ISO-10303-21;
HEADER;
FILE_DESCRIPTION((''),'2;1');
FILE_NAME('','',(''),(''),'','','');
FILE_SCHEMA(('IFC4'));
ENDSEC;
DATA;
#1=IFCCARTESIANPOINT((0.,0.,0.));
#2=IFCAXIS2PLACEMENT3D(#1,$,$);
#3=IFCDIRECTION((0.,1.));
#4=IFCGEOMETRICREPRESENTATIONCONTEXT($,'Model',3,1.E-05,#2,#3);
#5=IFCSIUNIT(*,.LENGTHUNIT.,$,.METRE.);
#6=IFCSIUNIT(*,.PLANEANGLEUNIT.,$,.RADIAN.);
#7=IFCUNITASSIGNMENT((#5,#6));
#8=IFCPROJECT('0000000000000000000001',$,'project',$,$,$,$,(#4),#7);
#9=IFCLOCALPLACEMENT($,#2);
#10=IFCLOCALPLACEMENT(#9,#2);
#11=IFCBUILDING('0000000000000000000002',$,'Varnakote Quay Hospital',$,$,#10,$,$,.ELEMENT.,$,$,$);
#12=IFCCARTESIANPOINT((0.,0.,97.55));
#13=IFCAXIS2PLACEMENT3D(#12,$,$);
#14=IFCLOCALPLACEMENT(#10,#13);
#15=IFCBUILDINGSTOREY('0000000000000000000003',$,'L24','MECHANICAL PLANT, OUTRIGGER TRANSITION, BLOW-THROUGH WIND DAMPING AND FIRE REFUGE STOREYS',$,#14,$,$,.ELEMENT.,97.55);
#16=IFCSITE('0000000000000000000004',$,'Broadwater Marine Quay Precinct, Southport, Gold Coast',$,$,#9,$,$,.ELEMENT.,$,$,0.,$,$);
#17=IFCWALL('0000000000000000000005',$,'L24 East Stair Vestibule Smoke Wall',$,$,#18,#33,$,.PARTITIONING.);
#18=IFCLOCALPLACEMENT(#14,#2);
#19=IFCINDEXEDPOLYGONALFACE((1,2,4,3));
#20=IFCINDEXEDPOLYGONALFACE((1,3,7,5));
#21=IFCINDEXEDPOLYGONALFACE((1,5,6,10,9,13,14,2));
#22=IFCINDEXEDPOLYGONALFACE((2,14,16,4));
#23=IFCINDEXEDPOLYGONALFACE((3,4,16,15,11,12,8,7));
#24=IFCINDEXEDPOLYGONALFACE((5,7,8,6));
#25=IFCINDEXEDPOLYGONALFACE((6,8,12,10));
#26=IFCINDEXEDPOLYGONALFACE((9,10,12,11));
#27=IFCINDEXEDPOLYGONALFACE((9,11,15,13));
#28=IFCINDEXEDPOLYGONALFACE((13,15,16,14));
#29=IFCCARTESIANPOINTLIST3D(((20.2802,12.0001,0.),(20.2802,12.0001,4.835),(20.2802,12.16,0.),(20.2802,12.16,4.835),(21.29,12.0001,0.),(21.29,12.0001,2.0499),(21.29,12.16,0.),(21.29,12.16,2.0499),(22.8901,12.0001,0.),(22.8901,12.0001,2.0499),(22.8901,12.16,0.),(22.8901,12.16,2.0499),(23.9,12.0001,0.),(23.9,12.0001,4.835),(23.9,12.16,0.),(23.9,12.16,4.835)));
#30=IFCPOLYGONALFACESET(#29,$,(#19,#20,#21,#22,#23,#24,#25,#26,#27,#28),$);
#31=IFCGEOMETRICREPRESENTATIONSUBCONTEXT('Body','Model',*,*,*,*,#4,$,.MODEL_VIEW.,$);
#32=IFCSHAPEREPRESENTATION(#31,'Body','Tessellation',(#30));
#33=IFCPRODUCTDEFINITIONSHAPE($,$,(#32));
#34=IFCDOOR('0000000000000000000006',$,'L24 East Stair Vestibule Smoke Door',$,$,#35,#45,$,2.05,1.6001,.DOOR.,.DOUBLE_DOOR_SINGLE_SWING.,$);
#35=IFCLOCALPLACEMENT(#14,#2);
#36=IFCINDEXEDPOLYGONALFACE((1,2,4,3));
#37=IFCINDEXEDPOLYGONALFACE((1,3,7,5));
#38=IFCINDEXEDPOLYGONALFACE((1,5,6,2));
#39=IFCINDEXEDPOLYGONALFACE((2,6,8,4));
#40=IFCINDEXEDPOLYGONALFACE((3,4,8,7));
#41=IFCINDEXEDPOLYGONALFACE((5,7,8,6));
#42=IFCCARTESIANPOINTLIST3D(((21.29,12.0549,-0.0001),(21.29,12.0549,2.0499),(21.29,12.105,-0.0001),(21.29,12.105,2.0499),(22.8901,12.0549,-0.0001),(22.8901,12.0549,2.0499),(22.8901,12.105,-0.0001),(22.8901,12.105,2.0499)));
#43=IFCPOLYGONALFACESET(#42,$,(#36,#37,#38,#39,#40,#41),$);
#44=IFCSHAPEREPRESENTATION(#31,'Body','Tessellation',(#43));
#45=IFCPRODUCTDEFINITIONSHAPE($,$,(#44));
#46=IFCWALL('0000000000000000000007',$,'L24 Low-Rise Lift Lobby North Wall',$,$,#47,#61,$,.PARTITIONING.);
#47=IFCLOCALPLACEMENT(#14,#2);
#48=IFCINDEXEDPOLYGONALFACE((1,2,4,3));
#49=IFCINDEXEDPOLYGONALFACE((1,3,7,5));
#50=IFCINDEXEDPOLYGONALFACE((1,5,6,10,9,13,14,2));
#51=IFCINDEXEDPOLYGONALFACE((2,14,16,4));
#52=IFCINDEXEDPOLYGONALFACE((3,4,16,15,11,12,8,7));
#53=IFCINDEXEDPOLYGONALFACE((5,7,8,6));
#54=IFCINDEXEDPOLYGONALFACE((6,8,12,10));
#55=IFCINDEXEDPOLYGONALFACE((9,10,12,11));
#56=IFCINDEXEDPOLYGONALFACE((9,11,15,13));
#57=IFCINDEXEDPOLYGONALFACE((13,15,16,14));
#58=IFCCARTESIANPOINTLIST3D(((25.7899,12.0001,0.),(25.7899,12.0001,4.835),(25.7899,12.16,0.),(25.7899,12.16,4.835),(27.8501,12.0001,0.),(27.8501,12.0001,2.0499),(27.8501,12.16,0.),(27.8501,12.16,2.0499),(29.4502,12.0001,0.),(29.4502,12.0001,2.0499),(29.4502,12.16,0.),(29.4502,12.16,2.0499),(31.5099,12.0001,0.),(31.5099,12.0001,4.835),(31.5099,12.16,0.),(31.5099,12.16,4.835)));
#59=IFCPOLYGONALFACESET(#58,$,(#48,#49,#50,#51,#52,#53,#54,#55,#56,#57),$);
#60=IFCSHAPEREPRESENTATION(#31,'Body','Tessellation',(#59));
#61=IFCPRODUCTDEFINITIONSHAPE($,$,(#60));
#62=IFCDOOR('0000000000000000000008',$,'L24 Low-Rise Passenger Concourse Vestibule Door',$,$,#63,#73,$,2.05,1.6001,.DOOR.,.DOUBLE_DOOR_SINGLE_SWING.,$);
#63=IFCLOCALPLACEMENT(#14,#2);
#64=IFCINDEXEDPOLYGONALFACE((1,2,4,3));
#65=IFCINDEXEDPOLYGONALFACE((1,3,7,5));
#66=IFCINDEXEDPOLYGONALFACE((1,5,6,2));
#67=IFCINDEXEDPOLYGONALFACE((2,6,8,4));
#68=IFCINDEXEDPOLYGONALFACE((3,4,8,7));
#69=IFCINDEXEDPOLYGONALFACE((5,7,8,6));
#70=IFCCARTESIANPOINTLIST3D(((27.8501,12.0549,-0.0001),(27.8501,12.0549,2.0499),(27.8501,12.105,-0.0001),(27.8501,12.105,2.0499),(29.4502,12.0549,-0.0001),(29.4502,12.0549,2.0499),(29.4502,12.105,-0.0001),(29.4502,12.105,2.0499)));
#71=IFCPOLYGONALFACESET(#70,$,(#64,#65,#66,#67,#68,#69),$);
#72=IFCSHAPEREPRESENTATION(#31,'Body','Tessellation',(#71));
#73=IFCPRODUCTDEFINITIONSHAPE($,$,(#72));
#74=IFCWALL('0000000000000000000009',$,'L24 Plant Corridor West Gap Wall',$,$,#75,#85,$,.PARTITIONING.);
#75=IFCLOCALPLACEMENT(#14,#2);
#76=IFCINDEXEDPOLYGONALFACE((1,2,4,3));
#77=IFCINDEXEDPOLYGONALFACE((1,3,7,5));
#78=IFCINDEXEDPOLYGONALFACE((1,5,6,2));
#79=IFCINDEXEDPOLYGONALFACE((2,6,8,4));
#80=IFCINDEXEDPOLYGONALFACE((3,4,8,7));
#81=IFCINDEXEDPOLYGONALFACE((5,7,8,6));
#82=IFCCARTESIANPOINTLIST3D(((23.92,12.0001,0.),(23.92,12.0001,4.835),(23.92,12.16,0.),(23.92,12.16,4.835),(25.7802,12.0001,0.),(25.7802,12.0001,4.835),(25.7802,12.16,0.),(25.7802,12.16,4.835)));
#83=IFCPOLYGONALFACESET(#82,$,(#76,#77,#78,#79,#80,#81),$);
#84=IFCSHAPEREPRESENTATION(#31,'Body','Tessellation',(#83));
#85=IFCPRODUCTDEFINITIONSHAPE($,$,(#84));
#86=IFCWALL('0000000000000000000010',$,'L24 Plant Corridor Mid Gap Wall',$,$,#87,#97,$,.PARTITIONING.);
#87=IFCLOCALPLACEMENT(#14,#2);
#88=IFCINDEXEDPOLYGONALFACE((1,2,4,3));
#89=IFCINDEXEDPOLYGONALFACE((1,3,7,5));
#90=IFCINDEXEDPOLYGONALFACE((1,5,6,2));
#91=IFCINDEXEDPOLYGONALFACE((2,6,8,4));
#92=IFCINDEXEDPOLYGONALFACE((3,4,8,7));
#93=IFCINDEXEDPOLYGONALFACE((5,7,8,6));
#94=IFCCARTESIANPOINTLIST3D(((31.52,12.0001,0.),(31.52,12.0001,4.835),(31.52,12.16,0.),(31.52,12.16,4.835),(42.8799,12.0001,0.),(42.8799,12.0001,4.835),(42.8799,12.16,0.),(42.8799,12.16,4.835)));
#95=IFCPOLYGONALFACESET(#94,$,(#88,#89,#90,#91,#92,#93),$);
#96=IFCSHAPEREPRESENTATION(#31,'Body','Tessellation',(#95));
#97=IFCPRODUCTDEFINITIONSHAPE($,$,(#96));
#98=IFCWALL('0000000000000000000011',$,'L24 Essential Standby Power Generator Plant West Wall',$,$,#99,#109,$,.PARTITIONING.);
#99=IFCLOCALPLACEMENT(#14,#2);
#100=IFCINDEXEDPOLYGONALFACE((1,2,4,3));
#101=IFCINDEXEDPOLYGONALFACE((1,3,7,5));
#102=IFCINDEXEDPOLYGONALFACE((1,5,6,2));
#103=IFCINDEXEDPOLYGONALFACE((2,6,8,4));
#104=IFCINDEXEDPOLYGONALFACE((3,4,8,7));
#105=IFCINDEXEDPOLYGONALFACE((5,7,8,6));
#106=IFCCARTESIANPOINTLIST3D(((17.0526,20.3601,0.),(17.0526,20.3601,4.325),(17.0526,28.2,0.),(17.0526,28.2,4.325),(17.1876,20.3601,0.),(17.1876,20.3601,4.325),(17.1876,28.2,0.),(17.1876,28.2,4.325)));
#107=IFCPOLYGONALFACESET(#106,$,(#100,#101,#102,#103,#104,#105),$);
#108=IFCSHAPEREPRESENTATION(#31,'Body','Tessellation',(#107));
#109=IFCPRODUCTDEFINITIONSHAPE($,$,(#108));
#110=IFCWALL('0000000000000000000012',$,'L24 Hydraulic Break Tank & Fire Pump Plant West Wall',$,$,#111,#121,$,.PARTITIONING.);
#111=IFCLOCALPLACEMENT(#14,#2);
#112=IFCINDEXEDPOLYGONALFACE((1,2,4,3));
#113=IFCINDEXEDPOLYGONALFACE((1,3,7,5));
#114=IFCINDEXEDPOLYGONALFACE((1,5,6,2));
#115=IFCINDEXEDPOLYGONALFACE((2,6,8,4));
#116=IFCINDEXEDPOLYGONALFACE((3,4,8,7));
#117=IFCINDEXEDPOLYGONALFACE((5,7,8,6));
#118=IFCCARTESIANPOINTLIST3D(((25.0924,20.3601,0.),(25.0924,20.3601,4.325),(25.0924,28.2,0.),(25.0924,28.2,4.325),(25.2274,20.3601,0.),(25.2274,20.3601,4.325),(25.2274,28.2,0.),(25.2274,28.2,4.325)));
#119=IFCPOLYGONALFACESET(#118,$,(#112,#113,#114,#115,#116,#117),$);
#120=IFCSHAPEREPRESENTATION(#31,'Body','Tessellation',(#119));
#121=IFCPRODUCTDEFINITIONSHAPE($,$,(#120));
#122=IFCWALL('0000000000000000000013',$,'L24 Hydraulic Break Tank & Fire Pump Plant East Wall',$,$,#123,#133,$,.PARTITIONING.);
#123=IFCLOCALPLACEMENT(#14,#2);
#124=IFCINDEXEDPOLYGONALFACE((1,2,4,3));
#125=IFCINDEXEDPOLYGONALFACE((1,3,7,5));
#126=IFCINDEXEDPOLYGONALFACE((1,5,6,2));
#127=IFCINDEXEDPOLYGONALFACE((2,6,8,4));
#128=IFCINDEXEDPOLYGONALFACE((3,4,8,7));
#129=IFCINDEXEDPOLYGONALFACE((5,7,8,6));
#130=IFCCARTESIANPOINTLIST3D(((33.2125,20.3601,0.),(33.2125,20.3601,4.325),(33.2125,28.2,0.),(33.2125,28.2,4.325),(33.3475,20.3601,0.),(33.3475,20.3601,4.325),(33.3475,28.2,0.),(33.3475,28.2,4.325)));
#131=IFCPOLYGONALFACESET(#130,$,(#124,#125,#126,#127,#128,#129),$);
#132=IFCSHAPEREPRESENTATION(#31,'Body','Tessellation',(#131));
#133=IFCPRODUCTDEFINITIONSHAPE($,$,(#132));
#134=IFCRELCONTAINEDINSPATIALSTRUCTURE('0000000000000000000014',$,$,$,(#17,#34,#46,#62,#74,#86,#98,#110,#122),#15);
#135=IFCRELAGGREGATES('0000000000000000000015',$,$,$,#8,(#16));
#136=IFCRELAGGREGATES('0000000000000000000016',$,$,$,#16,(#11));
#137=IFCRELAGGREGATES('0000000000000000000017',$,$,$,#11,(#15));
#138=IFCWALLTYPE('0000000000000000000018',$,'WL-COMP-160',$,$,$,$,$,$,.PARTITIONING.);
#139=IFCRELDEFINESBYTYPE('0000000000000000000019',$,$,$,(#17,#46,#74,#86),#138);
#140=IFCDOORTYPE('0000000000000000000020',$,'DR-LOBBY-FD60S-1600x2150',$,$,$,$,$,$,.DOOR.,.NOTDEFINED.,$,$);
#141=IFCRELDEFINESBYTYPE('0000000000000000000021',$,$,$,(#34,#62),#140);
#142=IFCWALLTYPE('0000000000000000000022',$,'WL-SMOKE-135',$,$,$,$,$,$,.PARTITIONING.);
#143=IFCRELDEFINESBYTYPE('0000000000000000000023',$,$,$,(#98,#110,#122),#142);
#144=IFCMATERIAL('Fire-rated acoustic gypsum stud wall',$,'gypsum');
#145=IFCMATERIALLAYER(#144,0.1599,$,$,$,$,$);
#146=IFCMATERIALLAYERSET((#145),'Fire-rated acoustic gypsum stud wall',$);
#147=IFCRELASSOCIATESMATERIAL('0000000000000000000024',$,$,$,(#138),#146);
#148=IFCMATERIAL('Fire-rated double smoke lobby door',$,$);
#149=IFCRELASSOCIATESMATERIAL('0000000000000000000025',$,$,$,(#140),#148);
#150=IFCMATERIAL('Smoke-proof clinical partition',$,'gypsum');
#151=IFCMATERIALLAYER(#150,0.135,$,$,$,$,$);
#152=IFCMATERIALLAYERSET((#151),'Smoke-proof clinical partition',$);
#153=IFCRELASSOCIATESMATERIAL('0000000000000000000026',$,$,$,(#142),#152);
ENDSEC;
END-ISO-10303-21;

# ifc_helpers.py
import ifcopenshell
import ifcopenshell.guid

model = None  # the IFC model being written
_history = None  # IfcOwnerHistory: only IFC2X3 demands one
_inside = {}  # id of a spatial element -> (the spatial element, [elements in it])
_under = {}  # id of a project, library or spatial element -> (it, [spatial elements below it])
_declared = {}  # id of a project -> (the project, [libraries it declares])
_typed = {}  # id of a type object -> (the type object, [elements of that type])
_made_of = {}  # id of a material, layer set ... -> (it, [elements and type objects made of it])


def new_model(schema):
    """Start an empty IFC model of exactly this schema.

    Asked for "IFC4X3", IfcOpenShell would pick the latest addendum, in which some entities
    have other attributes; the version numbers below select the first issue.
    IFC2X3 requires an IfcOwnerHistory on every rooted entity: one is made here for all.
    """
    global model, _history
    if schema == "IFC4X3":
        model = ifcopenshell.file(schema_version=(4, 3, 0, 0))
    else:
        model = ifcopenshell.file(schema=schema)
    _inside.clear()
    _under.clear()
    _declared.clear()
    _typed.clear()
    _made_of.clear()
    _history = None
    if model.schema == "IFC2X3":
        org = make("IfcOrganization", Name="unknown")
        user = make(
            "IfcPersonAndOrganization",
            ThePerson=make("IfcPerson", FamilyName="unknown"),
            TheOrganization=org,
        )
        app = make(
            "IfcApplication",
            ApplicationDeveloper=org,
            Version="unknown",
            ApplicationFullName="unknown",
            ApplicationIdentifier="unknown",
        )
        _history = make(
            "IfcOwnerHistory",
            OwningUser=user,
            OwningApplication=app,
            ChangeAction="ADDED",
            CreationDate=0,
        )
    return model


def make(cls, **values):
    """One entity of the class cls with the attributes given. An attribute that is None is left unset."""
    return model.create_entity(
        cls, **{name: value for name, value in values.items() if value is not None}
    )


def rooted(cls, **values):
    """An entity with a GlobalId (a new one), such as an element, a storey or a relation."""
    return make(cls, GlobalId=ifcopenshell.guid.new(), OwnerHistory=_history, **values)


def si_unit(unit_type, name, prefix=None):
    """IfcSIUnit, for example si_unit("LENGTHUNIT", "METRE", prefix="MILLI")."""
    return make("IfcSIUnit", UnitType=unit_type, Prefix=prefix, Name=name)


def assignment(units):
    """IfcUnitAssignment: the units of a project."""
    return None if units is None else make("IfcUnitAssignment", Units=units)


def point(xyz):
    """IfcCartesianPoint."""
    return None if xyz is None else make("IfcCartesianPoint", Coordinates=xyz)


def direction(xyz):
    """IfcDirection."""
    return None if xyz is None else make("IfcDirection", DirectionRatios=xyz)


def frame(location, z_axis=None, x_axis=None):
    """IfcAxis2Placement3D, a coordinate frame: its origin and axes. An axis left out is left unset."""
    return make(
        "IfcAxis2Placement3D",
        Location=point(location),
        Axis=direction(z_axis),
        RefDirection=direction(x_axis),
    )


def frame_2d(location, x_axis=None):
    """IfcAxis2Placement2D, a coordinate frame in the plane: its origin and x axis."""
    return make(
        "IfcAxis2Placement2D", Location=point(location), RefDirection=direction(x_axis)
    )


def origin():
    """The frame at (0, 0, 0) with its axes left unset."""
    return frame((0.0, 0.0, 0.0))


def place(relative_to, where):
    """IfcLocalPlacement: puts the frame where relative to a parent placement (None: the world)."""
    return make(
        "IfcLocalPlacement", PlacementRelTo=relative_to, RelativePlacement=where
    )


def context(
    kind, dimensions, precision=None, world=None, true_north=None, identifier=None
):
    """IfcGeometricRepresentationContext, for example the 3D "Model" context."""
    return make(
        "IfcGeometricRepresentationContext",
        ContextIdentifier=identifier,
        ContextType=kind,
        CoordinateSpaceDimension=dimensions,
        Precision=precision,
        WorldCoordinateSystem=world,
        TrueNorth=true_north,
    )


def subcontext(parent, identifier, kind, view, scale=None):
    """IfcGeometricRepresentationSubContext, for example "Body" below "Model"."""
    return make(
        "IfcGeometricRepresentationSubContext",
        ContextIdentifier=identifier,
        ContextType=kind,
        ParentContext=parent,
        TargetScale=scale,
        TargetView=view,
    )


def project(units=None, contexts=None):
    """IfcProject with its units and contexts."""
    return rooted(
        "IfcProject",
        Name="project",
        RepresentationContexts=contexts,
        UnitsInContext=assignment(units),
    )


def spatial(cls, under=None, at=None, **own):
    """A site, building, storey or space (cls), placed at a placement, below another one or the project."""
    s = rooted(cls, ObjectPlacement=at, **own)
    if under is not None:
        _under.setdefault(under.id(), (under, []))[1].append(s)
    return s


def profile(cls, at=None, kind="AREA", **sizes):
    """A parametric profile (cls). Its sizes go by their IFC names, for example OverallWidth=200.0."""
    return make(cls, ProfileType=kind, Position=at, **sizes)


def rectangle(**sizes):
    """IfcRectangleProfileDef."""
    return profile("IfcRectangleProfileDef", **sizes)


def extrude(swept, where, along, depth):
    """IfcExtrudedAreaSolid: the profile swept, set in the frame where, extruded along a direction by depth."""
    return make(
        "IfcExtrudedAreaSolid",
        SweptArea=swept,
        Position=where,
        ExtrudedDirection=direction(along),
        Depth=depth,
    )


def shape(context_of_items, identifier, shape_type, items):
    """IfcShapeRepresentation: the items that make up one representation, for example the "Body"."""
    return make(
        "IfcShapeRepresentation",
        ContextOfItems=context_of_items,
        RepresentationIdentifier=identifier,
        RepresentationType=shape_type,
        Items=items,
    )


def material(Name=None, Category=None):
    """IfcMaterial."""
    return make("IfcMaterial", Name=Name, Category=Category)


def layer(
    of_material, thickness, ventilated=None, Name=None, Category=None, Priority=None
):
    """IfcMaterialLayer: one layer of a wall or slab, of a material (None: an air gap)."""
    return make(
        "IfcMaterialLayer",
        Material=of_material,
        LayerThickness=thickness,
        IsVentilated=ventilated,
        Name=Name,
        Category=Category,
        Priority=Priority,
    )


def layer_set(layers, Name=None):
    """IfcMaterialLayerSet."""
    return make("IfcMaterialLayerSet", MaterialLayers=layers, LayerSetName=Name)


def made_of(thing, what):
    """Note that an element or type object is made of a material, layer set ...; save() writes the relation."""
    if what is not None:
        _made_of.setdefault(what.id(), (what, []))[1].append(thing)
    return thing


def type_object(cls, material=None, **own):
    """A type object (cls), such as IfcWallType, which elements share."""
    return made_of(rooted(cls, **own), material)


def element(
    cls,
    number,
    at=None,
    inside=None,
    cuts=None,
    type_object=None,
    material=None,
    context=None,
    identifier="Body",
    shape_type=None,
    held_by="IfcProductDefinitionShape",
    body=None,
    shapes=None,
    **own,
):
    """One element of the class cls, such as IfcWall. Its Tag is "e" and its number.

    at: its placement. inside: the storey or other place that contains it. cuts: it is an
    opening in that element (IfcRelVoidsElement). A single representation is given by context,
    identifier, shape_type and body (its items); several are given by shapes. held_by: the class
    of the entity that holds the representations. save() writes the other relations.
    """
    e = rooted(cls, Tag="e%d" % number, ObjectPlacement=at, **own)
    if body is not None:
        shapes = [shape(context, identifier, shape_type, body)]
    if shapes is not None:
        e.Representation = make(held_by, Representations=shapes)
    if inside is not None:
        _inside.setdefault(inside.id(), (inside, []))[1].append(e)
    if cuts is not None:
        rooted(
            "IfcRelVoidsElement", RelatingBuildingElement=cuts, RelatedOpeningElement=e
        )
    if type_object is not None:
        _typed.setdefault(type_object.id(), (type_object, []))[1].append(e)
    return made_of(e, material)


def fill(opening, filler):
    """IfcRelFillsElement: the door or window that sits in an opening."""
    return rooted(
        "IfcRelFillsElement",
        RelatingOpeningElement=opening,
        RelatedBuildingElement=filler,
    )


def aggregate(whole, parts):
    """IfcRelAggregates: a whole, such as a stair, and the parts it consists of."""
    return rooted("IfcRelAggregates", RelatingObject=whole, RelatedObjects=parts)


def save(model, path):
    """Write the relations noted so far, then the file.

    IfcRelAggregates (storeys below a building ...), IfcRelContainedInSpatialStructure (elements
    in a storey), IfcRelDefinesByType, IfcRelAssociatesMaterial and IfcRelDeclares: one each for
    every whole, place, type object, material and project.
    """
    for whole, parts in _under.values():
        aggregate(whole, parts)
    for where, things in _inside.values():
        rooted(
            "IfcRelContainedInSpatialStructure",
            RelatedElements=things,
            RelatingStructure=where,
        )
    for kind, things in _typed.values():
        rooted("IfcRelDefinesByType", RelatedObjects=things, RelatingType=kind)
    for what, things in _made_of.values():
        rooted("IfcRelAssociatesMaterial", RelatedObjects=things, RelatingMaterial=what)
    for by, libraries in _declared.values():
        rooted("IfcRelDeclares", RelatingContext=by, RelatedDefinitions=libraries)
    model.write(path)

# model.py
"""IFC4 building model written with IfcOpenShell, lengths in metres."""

from ifc_helpers import new_model, si_unit, direction, frame, frame_2d, origin, place, context, subcontext, project, spatial, rectangle, extrude, material, layer, layer_set, type_object, element, fill, save


model = new_model("IFC4")

# Units and contexts
model_context = context("Model", 3, precision=1e-05, world=origin(), true_north=direction((0.0, 1.0)))
body_context = subcontext(model_context, "Body", "Model", "MODEL_VIEW")
ifc_project = project(units=[si_unit("LENGTHUNIT", "METRE"), si_unit("PLANEANGLEUNIT", "RADIAN")], contexts=[model_context])

# Site, building, storey
site_placement = place(None, origin())
site = spatial("IfcSite", under=ifc_project, at=site_placement, Name="Broadwater Marine Quay Precinct, Southport, Gold Coast", CompositionType="ELEMENT", RefElevation=0.0)
building_placement = place(site_placement, origin())
building = spatial("IfcBuilding", under=site, at=building_placement, Name="Varnakote Quay Hospital", CompositionType="ELEMENT")
storey_placement = place(building_placement, frame((0.0, 0.0, 97.55)))
storey = spatial("IfcBuildingStorey", under=building, at=storey_placement, Name="L24", Description="MECHANICAL PLANT, OUTRIGGER TRANSITION, BLOW-THROUGH WIND DAMPING AND FIRE REFUGE STOREYS", CompositionType="ELEMENT", Elevation=97.55)

# Walls, openings, doors
ifc_material_1 = material(Name="Fire-rated acoustic gypsum stud wall", Category="gypsum")
ifc_layer_1 = layer(ifc_material_1, 0.1599)
ifc_layer_set_1 = layer_set([ifc_layer_1], Name="Fire-rated acoustic gypsum stud wall")
wall_type_1 = type_object("IfcWallType", Name="WL-COMP-160", PredefinedType="PARTITIONING", material=ifc_layer_set_1)
wall_1_placement = place(storey_placement, frame((20.28, 12.0801, 0.0), z_axis=(0.0, 0.0, 1.0), x_axis=(1.0, 0.0, 0.0)))
wall_1 = element("IfcWall", 1, at=wall_1_placement, inside=storey, type_object=wall_type_1, Name="L24 East Stair Vestibule Smoke Wall", PredefinedType="PARTITIONING", context=body_context, shape_type="SweptSolid", body=[
    extrude(rectangle(XDim=3.6199, YDim=0.1599, at=frame_2d((1.8101, 0.0))), origin(), (0.0, 0.0, 1.0), 4.835),
])
opening_1_placement = place(wall_1_placement, frame((1.01, 0.0, 0.0)))
opening_1 = element("IfcOpeningElement", 2, at=opening_1_placement, cuts=wall_1, PredefinedType="OPENING", context=body_context, shape_type="SweptSolid", body=[
    extrude(rectangle(XDim=1.6001, YDim=2.05, at=frame_2d((0.8, 1.0249))), frame((0.0, 0.0898, 0.0), z_axis=(0.0, -1.0, 0.0), x_axis=(1.0, 0.0, 0.0)), (0.0, 0.0, 1.0), 0.1799),
])
ifc_material_2 = material(Name="Fire-rated double smoke lobby door")
door_type_1 = type_object("IfcDoorType", Name="DR-LOBBY-FD60S-1600x2150", OperationType="NOTDEFINED", PredefinedType="DOOR", material=ifc_material_2)
door_1_placement = place(opening_1_placement, origin())
door_1 = element("IfcDoor", 3, at=door_1_placement, inside=storey, type_object=door_type_1, Name="L24 East Stair Vestibule Smoke Door", OperationType="DOUBLE_DOOR_SINGLE_SWING", OverallHeight=2.05, OverallWidth=1.6001, PredefinedType="DOOR", context=body_context, shape_type="SweptSolid", body=[
    extrude(rectangle(XDim=1.6001, YDim=2.05, at=frame_2d((0.8, 1.0249))), frame((0.0, 0.0249, 0.0), z_axis=(0.0, -1.0, 0.0), x_axis=(1.0, 0.0, 0.0)), (0.0, 0.0, 1.0), 0.05),
])
fill(opening_1, door_1)
wall_2_placement = place(storey_placement, frame((25.79, 12.0801, 0.0), z_axis=(0.0, 0.0, 1.0), x_axis=(1.0, 0.0, 0.0)))
wall_2 = element("IfcWall", 4, at=wall_2_placement, inside=storey, type_object=wall_type_1, Name="L24 Low-Rise Lift Lobby North Wall", PredefinedType="PARTITIONING", context=body_context, shape_type="SweptSolid", body=[
    extrude(rectangle(XDim=5.72, YDim=0.1599, at=frame_2d((2.8599, 0.0))), origin(), (0.0, 0.0, 1.0), 4.835),
])
opening_2_placement = place(wall_2_placement, frame((2.0601, 0.0, 0.0)))
opening_2 = element("IfcOpeningElement", 5, at=opening_2_placement, cuts=wall_2, PredefinedType="OPENING", context=body_context, shape_type="SweptSolid", body=[
    extrude(rectangle(XDim=1.6001, YDim=2.05, at=frame_2d((0.8, 1.0249))), frame((0.0, 0.0898, 0.0), z_axis=(0.0, -1.0, 0.0), x_axis=(1.0, 0.0, 0.0)), (0.0, 0.0, 1.0), 0.1799),
])
door_2_placement = place(opening_2_placement, origin())
door_2 = element("IfcDoor", 6, at=door_2_placement, inside=storey, type_object=door_type_1, Name="L24 Low-Rise Passenger Concourse Vestibule Door", OperationType="DOUBLE_DOOR_SINGLE_SWING", OverallHeight=2.05, OverallWidth=1.6001, PredefinedType="DOOR", context=body_context, shape_type="SweptSolid", body=[
    extrude(rectangle(XDim=1.6001, YDim=2.05, at=frame_2d((0.8, 1.0249))), frame((0.0, 0.0249, 0.0), z_axis=(0.0, -1.0, 0.0), x_axis=(1.0, 0.0, 0.0)), (0.0, 0.0, 1.0), 0.05),
])
fill(opening_2, door_2)

# Walls
wall_3_placement = place(storey_placement, frame((23.9199, 12.0801, 0.0), z_axis=(0.0, 0.0, 1.0), x_axis=(1.0, 0.0, 0.0)))
element("IfcWall", 7, at=wall_3_placement, inside=storey, type_object=wall_type_1, Name="L24 Plant Corridor West Gap Wall", PredefinedType="PARTITIONING", context=body_context, shape_type="SweptSolid", body=[
    extrude(rectangle(XDim=1.8601, YDim=0.1599, at=frame_2d((0.9302, 0.0))), origin(), (0.0, 0.0, 1.0), 4.835),
])
wall_4_placement = place(storey_placement, frame((31.52, 12.0801, 0.0), z_axis=(0.0, 0.0, 1.0), x_axis=(1.0, 0.0, 0.0)))
element("IfcWall", 8, at=wall_4_placement, inside=storey, type_object=wall_type_1, Name="L24 Plant Corridor Mid Gap Wall", PredefinedType="PARTITIONING", context=body_context, shape_type="SweptSolid", body=[
    extrude(rectangle(XDim=11.3599, YDim=0.1599, at=frame_2d((5.6799, 0.0))), origin(), (0.0, 0.0, 1.0), 4.835),
])
ifc_material_3 = material(Name="Smoke-proof clinical partition", Category="gypsum")
ifc_layer_2 = layer(ifc_material_3, 0.135)
ifc_layer_set_2 = layer_set([ifc_layer_2], Name="Smoke-proof clinical partition")
wall_type_2 = type_object("IfcWallType", Name="WL-SMOKE-135", PredefinedType="PARTITIONING", material=ifc_layer_set_2)
for number, where, z_axis, x_axis, name in (
    (9, (17.1201, 20.3601, 0.0), (0.0, 0.0, 1.0), (0.0, 1.0, 0.0), "L24 Essential Standby Power Generator Plant West Wall"),
    (10, (25.1599, 20.3601, 0.0), (0.0, 0.0, 1.0), (0.0, 1.0, 0.0), "L24 Hydraulic Break Tank & Fire Pump Plant West Wall"),
    (11, (33.28, 20.3601, 0.0), (0.0, 0.0, 1.0), (0.0, 1.0, 0.0), "L24 Hydraulic Break Tank & Fire Pump Plant East Wall"),
):
    element("IfcWall", number, at=place(storey_placement, frame(where, z_axis=z_axis, x_axis=x_axis)), inside=storey, type_object=wall_type_2, Name=name, PredefinedType="PARTITIONING", context=body_context, shape_type="SweptSolid", body=[
        extrude(rectangle(XDim=7.8398, YDim=0.135, at=frame_2d((3.9199, 0.0))), origin(), (0.0, 0.0, 1.0), 4.325),
    ])

save(model, "model.ifc")
